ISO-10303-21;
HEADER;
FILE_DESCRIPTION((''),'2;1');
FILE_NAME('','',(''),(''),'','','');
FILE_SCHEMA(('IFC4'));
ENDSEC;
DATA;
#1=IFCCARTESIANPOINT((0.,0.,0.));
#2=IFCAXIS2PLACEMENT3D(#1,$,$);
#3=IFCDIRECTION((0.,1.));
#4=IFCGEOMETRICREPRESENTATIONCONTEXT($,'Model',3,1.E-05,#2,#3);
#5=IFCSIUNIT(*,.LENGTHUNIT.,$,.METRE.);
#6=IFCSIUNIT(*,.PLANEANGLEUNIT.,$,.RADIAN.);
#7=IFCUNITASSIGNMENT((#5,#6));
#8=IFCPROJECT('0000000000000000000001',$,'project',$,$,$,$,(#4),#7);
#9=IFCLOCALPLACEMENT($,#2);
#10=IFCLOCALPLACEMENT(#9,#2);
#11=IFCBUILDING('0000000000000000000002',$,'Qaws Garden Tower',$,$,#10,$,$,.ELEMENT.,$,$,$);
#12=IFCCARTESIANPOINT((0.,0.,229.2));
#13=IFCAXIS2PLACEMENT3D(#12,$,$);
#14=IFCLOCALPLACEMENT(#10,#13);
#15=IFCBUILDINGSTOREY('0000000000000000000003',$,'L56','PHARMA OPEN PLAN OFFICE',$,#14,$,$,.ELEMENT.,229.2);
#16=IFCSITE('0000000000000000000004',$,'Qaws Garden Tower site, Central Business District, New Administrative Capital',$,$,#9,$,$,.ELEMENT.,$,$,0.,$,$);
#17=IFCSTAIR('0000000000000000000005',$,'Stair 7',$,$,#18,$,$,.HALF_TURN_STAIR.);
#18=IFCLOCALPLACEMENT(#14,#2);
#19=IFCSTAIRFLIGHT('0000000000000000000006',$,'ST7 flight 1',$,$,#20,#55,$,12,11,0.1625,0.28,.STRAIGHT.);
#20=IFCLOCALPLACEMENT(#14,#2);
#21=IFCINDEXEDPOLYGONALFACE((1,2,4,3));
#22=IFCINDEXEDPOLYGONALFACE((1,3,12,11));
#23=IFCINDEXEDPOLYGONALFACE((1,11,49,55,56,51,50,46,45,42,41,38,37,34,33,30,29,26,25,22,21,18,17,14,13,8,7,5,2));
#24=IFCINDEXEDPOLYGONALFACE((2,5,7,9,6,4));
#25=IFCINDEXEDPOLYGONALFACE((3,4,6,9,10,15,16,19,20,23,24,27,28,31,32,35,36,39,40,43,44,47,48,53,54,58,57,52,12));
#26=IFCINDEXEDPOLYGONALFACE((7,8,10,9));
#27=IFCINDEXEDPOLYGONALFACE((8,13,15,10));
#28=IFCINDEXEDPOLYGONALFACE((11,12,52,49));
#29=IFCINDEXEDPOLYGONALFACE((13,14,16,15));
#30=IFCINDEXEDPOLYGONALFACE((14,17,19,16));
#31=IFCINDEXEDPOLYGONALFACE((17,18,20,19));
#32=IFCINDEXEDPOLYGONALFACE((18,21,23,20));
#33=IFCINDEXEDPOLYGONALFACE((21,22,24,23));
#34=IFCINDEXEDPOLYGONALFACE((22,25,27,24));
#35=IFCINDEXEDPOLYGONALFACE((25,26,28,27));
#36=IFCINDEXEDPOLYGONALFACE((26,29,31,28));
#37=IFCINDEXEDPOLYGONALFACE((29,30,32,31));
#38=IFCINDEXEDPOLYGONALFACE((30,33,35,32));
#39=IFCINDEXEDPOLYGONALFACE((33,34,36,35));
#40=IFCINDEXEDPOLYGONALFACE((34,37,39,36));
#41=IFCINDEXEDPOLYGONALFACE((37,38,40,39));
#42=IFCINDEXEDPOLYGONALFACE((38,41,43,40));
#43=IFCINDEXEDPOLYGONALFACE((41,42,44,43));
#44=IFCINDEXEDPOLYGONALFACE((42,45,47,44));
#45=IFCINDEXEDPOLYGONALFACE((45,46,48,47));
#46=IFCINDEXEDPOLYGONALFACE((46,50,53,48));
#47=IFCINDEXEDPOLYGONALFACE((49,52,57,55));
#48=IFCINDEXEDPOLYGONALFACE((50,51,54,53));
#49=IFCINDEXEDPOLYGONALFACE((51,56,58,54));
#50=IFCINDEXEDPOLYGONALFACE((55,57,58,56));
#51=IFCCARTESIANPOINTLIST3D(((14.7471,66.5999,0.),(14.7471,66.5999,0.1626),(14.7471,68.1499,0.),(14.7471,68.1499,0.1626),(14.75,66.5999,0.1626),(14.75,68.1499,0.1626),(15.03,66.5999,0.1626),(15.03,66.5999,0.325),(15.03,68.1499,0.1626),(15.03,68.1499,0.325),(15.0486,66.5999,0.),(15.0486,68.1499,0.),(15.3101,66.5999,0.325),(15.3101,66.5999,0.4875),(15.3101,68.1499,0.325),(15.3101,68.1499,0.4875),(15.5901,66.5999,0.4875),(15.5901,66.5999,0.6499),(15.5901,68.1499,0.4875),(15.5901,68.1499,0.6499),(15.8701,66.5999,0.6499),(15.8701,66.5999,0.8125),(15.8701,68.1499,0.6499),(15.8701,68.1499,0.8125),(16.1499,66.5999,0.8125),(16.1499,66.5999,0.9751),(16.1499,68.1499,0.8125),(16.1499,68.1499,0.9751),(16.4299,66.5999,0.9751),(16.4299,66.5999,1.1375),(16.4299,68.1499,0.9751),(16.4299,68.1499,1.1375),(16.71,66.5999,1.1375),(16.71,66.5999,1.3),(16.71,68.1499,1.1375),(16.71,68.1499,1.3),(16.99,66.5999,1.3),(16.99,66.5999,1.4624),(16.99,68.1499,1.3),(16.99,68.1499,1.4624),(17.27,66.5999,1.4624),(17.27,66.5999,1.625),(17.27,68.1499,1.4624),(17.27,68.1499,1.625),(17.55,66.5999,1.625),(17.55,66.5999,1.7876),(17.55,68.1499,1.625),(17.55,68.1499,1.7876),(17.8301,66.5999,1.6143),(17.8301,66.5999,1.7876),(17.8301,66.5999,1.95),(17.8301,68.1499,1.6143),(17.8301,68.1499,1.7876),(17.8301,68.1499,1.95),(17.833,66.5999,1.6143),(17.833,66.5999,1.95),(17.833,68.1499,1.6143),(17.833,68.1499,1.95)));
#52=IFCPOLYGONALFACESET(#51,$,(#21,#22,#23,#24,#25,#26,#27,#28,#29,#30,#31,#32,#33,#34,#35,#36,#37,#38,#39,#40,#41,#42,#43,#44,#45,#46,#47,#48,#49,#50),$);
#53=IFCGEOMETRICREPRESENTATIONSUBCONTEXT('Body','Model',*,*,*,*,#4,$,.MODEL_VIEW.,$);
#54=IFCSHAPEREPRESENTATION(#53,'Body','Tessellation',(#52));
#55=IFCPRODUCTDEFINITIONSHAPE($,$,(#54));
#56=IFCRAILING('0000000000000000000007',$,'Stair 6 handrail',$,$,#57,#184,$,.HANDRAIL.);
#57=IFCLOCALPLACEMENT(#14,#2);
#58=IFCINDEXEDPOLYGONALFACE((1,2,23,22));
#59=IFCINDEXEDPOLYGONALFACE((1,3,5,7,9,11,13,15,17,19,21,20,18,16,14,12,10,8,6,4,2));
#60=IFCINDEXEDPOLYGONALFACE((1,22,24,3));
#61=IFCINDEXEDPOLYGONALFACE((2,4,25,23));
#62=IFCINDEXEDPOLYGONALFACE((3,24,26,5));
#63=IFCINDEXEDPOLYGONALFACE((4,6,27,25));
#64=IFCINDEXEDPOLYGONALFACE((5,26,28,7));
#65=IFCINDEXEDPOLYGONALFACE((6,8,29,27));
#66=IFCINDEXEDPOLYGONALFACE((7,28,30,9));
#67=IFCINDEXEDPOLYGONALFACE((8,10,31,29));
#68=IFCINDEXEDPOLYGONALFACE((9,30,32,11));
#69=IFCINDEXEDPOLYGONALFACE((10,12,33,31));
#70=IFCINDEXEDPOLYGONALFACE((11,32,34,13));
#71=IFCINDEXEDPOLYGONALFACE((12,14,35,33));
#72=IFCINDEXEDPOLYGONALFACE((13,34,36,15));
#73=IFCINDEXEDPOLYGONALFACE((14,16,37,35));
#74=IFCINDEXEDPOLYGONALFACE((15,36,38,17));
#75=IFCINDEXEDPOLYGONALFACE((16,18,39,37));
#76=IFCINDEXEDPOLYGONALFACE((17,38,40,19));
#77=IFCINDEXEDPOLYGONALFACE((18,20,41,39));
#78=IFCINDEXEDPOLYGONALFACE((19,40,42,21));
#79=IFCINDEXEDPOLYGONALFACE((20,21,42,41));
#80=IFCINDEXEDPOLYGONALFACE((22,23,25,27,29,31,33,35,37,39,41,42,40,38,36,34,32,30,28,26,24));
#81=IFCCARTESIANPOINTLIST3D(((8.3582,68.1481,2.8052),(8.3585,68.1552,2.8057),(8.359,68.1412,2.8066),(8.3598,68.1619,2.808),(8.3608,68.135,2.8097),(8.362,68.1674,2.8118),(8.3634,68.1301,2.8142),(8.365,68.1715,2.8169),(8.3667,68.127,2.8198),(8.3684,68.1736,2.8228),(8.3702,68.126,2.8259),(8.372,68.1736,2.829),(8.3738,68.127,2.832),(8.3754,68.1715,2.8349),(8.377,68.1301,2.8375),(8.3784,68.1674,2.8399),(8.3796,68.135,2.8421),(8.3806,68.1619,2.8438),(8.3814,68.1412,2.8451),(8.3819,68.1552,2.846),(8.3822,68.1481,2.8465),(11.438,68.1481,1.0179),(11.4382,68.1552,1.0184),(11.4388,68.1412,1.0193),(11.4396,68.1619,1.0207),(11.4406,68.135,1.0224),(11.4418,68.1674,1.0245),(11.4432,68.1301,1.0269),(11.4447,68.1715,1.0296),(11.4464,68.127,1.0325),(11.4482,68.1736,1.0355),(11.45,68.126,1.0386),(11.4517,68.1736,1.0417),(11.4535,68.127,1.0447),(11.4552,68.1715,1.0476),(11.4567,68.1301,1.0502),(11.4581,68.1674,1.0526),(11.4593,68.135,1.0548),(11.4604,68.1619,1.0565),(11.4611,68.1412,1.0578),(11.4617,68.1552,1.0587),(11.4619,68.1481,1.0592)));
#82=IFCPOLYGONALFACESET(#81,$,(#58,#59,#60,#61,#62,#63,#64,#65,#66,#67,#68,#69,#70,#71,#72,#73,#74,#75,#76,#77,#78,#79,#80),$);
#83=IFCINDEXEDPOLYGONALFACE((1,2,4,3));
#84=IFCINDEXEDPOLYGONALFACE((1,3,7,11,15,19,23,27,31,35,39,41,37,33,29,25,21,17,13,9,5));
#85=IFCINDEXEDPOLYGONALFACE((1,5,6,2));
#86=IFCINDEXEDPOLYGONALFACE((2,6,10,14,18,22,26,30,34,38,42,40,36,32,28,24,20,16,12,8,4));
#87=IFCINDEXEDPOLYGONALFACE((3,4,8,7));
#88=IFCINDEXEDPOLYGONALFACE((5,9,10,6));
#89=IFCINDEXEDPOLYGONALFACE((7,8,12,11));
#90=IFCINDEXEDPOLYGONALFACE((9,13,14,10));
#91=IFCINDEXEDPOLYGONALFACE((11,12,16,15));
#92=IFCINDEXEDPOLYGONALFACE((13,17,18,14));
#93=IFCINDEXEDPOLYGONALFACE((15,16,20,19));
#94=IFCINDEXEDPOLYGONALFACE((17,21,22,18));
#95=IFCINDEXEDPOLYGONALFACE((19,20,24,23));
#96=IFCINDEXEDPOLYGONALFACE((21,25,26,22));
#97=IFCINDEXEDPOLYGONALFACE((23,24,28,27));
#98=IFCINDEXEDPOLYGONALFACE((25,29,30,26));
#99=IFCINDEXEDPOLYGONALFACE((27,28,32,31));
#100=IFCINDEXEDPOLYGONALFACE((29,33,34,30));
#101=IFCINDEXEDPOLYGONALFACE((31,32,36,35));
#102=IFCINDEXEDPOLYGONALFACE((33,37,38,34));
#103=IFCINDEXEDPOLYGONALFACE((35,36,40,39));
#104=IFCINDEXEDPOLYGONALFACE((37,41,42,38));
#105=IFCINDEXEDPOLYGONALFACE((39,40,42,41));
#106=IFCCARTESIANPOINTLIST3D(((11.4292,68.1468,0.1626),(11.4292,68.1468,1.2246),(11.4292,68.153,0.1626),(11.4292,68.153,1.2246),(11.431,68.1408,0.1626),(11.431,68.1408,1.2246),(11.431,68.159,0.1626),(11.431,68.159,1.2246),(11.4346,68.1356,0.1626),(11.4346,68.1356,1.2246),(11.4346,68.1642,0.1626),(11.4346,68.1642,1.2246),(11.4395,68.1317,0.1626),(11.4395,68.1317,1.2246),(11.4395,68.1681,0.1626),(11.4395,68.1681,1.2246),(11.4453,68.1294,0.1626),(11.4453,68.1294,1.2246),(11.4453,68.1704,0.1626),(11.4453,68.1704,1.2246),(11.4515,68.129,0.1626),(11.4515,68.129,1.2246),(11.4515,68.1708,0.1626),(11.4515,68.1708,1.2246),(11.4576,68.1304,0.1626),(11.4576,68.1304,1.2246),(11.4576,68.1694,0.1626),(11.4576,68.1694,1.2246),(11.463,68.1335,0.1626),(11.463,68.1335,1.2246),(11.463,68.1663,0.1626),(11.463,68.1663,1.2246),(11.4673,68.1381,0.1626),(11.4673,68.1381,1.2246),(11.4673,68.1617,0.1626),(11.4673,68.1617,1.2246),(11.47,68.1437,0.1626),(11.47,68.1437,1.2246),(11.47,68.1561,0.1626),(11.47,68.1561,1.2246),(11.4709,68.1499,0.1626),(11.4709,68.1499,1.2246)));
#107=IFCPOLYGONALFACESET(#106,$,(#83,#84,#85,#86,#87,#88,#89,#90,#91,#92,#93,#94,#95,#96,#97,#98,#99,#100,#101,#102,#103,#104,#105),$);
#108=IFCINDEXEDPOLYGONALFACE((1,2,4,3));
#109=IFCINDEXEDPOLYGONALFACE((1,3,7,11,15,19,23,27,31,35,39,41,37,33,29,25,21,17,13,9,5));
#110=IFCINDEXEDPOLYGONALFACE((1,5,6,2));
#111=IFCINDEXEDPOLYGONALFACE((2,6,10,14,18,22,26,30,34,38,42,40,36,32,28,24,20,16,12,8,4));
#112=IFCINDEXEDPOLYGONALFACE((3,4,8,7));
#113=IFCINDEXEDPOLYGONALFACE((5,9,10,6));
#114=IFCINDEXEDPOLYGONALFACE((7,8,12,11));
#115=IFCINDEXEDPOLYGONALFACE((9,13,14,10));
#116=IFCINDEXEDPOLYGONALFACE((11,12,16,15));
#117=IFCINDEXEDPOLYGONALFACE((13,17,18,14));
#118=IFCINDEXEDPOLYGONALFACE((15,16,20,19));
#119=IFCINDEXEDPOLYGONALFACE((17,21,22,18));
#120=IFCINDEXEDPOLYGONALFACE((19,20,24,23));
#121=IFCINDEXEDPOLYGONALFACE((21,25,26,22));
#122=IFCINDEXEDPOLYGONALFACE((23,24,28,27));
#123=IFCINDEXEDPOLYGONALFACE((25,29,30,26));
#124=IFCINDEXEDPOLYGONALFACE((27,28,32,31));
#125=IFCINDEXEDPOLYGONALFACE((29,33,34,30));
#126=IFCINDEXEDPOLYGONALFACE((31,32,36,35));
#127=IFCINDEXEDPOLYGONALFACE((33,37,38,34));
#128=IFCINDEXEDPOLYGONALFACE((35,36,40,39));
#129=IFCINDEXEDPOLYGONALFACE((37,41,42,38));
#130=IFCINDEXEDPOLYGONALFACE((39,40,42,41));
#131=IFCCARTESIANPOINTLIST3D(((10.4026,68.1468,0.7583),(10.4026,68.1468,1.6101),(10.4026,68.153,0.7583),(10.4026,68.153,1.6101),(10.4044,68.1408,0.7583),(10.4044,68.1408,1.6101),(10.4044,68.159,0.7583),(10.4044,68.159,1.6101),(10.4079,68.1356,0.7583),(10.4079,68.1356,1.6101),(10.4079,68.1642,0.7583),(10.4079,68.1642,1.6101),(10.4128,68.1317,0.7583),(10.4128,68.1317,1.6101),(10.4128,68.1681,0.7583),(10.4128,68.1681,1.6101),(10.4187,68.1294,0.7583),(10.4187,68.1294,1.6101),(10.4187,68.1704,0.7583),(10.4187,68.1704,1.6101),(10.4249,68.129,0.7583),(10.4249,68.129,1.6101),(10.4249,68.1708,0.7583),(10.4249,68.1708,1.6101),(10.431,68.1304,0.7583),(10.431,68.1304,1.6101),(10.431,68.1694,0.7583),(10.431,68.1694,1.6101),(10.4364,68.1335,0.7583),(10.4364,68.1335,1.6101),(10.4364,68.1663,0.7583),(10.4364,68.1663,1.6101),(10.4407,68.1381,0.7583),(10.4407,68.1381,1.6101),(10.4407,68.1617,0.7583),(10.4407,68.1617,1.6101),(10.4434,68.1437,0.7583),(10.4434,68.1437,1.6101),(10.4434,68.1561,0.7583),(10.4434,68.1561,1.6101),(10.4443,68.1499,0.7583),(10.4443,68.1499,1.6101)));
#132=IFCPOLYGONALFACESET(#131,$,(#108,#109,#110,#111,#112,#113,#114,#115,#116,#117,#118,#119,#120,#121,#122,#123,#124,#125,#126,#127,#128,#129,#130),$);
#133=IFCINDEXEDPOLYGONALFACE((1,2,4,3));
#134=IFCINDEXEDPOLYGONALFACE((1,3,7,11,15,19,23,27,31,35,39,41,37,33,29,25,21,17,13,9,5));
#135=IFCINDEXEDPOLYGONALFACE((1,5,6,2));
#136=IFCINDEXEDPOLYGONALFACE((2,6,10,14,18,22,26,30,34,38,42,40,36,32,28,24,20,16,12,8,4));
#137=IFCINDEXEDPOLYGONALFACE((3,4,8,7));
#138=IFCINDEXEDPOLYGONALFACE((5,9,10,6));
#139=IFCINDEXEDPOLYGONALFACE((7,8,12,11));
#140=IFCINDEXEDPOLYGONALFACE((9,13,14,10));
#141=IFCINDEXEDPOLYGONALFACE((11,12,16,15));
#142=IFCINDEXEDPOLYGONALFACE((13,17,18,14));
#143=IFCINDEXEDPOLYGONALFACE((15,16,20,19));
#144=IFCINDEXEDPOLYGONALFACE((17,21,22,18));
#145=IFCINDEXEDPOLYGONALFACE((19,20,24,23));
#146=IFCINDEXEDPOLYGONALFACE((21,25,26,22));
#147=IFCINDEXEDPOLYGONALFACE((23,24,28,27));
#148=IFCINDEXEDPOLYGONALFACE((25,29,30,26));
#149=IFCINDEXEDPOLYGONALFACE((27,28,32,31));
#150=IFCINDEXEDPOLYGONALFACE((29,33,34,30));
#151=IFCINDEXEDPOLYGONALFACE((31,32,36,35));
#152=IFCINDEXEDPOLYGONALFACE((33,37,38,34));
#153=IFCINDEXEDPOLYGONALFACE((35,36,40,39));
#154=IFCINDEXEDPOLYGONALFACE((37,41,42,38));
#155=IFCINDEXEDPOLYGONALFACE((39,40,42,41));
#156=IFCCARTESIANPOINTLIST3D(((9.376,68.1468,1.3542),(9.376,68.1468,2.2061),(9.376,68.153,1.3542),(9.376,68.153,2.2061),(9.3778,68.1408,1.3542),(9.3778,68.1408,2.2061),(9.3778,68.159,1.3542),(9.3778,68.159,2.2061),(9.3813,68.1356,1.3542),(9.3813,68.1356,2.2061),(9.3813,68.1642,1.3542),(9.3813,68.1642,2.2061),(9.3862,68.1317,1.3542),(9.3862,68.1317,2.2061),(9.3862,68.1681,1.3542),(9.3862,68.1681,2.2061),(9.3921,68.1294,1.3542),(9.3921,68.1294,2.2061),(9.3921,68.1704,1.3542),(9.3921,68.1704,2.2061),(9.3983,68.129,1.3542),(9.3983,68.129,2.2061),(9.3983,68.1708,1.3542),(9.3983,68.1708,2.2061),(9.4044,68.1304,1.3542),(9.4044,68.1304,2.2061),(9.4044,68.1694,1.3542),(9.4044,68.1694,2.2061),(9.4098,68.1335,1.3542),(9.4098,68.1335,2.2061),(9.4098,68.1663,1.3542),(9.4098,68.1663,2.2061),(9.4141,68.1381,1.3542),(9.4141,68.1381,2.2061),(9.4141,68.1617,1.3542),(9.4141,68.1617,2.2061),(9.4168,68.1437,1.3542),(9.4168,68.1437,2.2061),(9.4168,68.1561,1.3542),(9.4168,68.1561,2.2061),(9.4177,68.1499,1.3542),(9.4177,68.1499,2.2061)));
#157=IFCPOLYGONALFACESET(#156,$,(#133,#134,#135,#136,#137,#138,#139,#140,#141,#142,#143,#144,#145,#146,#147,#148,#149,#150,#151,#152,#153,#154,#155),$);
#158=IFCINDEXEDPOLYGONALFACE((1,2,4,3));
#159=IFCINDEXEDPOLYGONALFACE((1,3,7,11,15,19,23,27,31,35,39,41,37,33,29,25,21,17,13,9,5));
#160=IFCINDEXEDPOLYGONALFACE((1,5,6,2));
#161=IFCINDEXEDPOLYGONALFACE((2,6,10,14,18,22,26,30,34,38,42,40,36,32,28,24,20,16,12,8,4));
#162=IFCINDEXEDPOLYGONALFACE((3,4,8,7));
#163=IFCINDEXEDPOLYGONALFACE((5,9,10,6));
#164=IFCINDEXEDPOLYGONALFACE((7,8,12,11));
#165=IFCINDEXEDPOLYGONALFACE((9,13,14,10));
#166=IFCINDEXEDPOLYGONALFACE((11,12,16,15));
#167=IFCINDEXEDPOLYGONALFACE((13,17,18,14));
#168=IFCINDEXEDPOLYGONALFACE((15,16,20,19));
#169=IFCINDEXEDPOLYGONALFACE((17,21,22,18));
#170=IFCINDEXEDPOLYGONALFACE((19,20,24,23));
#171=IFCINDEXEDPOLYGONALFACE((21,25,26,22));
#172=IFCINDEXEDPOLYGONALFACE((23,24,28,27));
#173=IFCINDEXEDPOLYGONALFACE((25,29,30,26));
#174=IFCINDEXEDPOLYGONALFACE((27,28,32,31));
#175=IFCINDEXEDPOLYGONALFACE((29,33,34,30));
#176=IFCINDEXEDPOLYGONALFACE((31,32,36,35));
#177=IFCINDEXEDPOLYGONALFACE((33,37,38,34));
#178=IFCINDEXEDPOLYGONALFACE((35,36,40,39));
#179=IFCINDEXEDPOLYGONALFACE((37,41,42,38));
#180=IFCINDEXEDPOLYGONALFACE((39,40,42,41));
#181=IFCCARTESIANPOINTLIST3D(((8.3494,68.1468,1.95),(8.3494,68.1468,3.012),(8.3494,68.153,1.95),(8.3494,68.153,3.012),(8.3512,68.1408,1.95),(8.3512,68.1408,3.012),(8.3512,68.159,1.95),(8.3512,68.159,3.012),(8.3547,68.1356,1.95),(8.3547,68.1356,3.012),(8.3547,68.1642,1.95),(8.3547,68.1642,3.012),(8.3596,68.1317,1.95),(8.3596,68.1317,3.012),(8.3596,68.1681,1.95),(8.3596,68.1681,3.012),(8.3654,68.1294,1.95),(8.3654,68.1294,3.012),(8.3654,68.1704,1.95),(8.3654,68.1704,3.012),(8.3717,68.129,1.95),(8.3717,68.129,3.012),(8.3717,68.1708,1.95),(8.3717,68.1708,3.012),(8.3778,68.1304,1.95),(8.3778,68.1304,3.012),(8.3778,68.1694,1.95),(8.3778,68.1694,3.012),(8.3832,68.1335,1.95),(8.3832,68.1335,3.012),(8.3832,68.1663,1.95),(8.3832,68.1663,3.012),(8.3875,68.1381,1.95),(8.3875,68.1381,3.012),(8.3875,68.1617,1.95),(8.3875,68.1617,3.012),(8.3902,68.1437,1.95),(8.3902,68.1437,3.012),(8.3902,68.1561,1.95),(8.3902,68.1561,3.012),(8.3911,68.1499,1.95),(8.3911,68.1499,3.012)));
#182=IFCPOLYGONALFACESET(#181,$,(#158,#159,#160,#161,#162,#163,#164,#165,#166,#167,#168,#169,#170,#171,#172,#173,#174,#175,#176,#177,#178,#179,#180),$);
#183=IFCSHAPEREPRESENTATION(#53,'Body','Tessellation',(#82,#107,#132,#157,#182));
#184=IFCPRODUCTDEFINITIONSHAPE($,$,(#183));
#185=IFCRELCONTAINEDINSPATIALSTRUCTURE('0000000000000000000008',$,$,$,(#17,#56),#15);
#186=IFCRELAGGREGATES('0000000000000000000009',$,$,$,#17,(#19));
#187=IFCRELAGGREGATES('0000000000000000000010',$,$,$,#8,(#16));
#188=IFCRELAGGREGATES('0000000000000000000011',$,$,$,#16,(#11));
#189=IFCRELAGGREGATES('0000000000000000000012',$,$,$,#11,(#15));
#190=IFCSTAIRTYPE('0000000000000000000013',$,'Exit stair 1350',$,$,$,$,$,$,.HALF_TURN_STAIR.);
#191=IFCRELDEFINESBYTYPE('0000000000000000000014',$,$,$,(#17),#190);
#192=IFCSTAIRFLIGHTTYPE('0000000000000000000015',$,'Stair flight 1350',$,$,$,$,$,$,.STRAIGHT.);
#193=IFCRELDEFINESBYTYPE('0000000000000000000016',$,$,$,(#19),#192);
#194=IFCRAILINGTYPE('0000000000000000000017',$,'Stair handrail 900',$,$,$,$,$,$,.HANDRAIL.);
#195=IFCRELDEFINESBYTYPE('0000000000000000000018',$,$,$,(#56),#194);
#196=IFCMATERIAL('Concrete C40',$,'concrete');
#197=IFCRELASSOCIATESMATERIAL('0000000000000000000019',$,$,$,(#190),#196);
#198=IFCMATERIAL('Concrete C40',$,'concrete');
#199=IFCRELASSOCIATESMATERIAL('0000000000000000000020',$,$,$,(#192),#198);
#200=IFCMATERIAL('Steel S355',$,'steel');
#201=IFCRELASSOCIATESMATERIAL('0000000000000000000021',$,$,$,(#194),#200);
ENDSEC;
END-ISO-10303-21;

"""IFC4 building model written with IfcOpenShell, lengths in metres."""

from ifc_helpers import new_model, si_unit, direction, frame, origin, origin_2d, place, context, subcontext, project, spatial, polyline, circle, outline, extrude, material, type_object, element, aggregate, save


model = new_model("IFC4")

# Units and contexts
model_context = context("Model", 3, precision=1e-05, world=origin(), true_north=direction((0.0, 1.0)))
body_context = subcontext(model_context, "Body", "Model", "MODEL_VIEW")
ifc_project = project(units=[si_unit("LENGTHUNIT", "METRE"), si_unit("PLANEANGLEUNIT", "RADIAN")], contexts=[model_context])

# Site, building, storey
site_placement = place(None, origin())
site = spatial("IfcSite", under=ifc_project, at=site_placement, Name="Qaws Garden Tower site, Central Business District, New Administrative Capital", CompositionType="ELEMENT", RefElevation=0.0)
building_placement = place(site_placement, origin())
building = spatial("IfcBuilding", under=site, at=building_placement, Name="Qaws Garden Tower", CompositionType="ELEMENT")
storey_placement = place(building_placement, frame((0.0, 0.0, 229.2)))
storey = spatial("IfcBuildingStorey", under=building, at=storey_placement, Name="L56", Description="PHARMA OPEN PLAN OFFICE", CompositionType="ELEMENT", Elevation=229.2)

# Shared definitions
ifc_material_1 = material(Name="Concrete C40", Category="concrete")
stair_type = type_object("IfcStairType", Name="Exit stair 1350", PredefinedType="HALF_TURN_STAIR", material=ifc_material_1)
placement = place(storey_placement, origin())
ifc_material_2 = material(Name="Concrete C40", Category="concrete")
stair_flight_type = type_object("IfcStairFlightType", Name="Stair flight 1350", PredefinedType="STRAIGHT", material=ifc_material_2)

# Stair, stair flight
stair_1 = element("IfcStair", 1, at=placement, inside=storey, type_object=stair_type, Name="Stair 7", PredefinedType="HALF_TURN_STAIR")
stair_flight_1_placement = place(storey_placement, frame((14.75, 67.375, 0.0), z_axis=(0.0, 0.0, 1.0), x_axis=(1.0, 0.0, 0.0)))
stair_flight_1 = element("IfcStairFlight", 2, at=stair_flight_1_placement, type_object=stair_flight_type, Name="ST7 flight 1", NumberOfRisers=12, NumberOfTreads=11, PredefinedType="STRAIGHT", RiserHeight=0.1625, TreadLength=0.28, context=body_context, shape_type="SweptSolid", body=[
    extrude(outline(polyline([(-0.0029, 0.0), (-0.0029, 0.1626), (0.0, 0.1626), (0.28, 0.1626), (0.28, 0.325), (0.5601, 0.325), (0.5601, 0.4875), (0.8401, 0.4875), (0.8401, 0.6499), (1.1201, 0.6499), (1.1201, 0.8125), (1.3999, 0.8125), (1.3999, 0.9751), (1.6799, 0.9751), (1.6799, 1.1375), (1.96, 1.1375), (1.96, 1.3), (2.24, 1.3), (2.24, 1.4624), (2.52, 1.4624), (2.52, 1.625), (2.8, 1.625), (2.8, 1.7876), (3.0801, 1.7876), (3.0801, 1.95), (3.083, 1.95), (3.083, 1.6143), (3.0801, 1.6143), (0.2986, 0.0), (-0.0029, 0.0)])), frame((0.0, 0.7749, 0.0), z_axis=(0.0, -1.0, 0.0), x_axis=(1.0, 0.0, 0.0)), (0.0, 0.0, 1.0), 1.55),
])
aggregate(stair_1, [stair_flight_1])

# Railing
ifc_material_3 = material(Name="Steel S355", Category="steel")
railing_type = type_object("IfcRailingType", Name="Stair handrail 900", PredefinedType="HANDRAIL", material=ifc_material_3)
railing_1_placement = place(storey_placement, frame((11.45, 68.1499, 0.1626)))
element("IfcRailing", 3, at=railing_1_placement, inside=storey, type_object=railing_type, Name="Stair 6 handrail", PredefinedType="HANDRAIL", context=body_context, shape_type="SweptSolid", body=[
    extrude(circle(Radius=0.0239, at=origin_2d()), frame((0.0, 0.0, 0.876), z_axis=(-0.864903, 0.0, 0.501939), x_axis=(0.0, -1.0, 0.0)), (0.0, 0.0, 1.0), 3.5608),
    extrude(circle(Radius=0.021, at=origin_2d()), origin(), (0.0, 0.0, 1.0), 1.062),
    extrude(circle(Radius=0.021, at=origin_2d()), frame((-1.0266, 0.0, 0.5957)), (0.0, 0.0, 1.0), 0.8518),
    extrude(circle(Radius=0.021, at=origin_2d()), frame((-2.0532, 0.0, 1.1917)), (0.0, 0.0, 1.0), 0.8518),
    extrude(circle(Radius=0.021, at=origin_2d()), frame((-3.0798, 0.0, 1.7874)), (0.0, 0.0, 1.0), 1.062),
])

save(model, "model.ifc")
